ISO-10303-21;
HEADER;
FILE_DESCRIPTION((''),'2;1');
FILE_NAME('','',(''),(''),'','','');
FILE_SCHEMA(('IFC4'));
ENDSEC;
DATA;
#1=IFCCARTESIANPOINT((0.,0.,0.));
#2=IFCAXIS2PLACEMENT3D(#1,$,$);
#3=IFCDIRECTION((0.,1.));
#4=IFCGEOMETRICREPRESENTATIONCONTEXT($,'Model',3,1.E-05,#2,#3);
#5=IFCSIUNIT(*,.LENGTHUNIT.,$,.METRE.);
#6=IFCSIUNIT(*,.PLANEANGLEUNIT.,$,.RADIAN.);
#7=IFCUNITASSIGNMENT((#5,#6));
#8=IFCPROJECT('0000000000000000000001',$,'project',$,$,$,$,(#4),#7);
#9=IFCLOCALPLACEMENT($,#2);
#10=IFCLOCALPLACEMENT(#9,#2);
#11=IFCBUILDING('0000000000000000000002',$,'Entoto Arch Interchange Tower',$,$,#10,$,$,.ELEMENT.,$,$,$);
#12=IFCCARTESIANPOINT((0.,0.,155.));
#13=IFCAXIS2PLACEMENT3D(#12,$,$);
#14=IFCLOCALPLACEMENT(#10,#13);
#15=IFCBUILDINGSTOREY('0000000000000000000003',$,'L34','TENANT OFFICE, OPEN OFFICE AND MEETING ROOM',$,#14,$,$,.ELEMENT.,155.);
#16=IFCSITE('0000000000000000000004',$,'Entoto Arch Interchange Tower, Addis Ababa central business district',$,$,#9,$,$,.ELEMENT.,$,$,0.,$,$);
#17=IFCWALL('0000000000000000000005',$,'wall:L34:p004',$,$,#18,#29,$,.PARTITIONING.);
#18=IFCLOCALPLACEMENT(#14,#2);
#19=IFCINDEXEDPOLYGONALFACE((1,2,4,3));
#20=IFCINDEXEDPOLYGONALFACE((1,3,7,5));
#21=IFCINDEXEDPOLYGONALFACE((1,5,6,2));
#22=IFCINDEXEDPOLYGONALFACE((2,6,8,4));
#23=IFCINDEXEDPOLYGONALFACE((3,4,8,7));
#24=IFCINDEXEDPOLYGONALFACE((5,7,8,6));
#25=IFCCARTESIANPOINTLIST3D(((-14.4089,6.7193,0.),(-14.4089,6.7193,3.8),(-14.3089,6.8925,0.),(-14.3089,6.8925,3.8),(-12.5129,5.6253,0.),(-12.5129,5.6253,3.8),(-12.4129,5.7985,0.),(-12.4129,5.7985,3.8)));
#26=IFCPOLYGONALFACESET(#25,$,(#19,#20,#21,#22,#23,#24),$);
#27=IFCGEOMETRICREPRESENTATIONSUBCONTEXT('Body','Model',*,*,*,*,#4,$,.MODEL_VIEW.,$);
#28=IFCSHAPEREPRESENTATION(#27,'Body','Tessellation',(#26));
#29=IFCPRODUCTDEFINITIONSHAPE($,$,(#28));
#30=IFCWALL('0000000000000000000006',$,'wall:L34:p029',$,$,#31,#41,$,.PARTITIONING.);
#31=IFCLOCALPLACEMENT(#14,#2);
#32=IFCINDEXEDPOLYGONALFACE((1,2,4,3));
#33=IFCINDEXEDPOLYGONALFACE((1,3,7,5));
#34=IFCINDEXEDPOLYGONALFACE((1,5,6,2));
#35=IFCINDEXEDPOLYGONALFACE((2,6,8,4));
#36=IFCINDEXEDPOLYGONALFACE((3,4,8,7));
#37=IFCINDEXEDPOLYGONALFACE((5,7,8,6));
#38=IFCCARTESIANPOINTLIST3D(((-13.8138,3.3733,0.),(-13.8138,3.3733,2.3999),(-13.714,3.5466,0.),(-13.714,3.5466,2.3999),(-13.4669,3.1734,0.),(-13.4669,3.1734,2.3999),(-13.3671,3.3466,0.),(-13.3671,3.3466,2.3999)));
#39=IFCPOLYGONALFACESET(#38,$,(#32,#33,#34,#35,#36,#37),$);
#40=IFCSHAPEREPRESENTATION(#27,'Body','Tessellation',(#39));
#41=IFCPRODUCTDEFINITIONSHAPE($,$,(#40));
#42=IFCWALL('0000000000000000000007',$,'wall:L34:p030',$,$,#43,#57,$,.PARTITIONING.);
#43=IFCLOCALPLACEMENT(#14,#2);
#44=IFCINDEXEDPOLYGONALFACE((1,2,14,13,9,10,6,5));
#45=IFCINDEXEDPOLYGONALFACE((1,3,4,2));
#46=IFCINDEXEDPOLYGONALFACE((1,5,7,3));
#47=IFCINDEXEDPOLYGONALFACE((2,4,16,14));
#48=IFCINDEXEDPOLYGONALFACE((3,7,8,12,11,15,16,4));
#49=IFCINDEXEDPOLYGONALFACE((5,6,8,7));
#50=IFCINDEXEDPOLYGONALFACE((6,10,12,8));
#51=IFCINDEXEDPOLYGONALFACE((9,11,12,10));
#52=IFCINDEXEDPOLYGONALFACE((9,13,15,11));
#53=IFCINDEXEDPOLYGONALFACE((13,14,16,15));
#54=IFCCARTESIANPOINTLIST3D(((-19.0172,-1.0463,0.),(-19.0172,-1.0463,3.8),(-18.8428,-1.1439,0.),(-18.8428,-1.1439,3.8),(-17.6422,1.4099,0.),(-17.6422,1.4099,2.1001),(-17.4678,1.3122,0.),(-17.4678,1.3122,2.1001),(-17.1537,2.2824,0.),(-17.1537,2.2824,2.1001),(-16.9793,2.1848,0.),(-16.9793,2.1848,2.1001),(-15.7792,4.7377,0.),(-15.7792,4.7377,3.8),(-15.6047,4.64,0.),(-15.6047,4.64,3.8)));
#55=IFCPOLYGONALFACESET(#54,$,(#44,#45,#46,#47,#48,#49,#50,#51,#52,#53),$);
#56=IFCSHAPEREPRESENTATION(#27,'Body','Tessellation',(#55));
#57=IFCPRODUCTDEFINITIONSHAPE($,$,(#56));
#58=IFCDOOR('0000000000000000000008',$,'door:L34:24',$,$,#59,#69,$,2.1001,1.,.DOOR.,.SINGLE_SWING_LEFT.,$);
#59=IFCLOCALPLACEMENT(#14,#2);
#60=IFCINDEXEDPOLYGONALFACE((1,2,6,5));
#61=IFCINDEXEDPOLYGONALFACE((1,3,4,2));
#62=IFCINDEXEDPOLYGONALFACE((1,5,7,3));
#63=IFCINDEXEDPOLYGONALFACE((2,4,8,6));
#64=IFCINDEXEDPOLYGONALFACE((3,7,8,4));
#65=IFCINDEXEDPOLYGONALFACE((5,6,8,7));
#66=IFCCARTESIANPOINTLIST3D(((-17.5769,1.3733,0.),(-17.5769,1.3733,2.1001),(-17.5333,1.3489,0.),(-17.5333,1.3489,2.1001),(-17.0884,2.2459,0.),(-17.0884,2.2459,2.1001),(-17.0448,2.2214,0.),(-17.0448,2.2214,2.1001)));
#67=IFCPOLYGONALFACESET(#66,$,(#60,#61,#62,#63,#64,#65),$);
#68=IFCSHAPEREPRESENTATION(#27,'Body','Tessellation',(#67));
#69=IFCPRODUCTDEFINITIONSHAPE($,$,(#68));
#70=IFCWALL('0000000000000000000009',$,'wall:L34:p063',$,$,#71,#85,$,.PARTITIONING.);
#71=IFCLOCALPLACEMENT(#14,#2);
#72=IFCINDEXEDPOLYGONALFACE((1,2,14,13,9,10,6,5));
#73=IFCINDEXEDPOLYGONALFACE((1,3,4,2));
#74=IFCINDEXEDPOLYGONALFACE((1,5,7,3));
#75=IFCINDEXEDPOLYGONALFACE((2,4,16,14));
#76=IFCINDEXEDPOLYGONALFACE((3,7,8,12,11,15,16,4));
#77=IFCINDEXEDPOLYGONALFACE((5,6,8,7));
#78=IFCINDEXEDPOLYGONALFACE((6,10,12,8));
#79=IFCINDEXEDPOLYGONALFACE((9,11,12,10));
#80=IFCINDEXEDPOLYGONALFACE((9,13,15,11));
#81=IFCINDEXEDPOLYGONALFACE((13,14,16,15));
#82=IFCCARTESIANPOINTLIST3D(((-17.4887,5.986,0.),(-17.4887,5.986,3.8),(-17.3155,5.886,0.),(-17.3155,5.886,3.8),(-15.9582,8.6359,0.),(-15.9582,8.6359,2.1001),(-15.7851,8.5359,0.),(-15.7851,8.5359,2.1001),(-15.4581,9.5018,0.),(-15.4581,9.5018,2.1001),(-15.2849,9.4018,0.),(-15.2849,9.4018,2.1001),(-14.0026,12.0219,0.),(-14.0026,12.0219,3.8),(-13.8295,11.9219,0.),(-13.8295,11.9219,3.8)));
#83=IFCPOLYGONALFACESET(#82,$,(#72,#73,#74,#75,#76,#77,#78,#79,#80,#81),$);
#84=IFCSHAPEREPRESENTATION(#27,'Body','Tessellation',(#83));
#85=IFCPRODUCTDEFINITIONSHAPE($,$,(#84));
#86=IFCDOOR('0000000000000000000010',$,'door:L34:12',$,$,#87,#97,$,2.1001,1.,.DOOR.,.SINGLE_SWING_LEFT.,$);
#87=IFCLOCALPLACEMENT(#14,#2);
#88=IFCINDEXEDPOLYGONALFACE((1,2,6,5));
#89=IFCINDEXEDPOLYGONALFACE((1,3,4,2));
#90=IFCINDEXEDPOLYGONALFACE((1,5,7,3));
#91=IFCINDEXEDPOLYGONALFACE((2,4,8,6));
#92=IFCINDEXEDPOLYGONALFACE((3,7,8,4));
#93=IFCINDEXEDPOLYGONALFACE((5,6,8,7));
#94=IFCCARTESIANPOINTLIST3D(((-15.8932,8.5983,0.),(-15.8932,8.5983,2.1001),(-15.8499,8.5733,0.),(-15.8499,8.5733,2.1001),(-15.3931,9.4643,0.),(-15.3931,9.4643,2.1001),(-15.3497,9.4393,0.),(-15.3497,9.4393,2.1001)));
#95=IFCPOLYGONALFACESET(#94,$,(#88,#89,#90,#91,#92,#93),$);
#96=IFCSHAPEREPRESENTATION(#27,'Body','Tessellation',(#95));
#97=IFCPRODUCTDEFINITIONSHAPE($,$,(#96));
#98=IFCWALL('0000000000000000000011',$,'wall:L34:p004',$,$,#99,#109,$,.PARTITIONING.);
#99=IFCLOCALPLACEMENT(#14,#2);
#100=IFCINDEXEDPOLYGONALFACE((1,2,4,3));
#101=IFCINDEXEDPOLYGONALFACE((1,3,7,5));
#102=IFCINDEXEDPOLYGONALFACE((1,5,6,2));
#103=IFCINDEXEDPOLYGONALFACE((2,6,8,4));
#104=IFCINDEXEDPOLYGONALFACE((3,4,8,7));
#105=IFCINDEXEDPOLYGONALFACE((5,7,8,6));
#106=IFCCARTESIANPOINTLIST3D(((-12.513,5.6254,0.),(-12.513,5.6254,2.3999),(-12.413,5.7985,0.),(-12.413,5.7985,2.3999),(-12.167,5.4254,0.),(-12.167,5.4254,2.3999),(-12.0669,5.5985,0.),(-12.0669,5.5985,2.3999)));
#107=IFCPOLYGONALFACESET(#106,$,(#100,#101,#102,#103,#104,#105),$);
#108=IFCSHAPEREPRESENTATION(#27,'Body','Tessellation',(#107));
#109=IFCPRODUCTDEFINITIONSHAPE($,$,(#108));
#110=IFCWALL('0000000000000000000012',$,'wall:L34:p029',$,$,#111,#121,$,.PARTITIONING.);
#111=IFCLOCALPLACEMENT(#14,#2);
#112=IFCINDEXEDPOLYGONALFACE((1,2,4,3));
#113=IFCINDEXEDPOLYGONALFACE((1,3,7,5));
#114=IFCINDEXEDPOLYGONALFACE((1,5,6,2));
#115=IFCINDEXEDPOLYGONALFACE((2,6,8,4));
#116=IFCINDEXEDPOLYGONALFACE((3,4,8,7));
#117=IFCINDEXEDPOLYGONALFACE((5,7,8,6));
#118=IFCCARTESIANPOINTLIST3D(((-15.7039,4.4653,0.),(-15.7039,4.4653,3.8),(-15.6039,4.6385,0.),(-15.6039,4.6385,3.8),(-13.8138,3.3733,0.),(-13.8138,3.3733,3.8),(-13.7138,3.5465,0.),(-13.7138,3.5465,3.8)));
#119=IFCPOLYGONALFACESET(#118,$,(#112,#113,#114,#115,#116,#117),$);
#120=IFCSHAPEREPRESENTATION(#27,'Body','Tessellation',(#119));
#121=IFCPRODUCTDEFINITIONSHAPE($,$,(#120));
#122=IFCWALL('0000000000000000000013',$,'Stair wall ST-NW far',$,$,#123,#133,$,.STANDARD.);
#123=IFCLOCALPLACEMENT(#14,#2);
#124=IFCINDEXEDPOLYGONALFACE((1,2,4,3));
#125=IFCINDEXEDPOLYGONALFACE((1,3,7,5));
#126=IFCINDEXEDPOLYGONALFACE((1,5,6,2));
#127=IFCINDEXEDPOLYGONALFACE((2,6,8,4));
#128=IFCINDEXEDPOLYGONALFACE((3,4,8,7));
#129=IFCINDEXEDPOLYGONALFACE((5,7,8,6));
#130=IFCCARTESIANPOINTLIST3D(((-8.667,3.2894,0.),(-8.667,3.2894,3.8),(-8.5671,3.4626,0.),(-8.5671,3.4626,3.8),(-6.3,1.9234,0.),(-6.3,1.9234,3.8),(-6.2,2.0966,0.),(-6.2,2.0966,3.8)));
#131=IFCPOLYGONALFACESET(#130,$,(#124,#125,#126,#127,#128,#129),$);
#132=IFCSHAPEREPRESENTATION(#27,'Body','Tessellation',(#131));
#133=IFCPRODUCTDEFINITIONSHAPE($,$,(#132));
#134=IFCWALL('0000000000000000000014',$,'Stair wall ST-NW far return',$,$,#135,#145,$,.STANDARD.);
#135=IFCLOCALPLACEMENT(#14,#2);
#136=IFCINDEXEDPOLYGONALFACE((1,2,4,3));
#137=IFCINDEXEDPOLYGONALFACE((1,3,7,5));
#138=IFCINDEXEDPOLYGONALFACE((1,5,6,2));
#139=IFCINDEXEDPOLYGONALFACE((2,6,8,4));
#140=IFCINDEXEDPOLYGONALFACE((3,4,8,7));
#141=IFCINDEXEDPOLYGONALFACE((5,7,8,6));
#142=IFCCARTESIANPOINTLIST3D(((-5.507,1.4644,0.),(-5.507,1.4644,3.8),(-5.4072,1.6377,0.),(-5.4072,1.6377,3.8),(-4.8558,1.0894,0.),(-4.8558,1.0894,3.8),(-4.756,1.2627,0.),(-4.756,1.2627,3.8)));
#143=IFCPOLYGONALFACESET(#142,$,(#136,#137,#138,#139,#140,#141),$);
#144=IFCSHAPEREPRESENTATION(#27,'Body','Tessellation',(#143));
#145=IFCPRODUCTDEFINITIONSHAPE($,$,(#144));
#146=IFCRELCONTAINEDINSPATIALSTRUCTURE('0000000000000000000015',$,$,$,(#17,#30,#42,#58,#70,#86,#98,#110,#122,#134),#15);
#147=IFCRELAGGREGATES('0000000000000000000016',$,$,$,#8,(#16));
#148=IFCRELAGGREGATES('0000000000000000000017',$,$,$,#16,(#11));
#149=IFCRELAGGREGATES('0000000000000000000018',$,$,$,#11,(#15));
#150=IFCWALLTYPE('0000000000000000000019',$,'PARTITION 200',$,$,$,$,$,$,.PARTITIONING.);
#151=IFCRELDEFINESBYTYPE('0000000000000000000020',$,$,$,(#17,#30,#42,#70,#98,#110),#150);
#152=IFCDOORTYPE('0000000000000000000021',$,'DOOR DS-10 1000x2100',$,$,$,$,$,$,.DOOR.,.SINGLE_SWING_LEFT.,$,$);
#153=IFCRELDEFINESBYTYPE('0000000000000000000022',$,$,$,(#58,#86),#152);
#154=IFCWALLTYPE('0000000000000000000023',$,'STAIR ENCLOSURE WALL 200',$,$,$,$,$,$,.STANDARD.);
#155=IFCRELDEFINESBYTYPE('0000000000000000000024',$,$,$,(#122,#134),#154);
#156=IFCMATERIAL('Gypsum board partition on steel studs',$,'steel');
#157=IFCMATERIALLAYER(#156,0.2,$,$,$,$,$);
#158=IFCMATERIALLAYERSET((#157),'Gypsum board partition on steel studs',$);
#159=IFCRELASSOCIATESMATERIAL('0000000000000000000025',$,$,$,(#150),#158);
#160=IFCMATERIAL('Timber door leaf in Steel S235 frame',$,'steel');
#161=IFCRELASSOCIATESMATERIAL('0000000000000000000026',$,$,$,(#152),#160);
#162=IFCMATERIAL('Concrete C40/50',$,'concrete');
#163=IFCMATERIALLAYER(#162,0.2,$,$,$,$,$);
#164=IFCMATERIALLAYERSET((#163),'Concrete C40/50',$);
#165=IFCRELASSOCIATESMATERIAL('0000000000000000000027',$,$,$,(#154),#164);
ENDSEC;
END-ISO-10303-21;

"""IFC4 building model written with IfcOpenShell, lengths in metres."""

from ifc_helpers import new_model, si_unit, direction, frame, frame_2d, origin, place, context, subcontext, project, spatial, rectangle, extrude, material, layer, layer_set, type_object, element, fill, save


model = new_model("IFC4")

# Units and contexts
model_context = context("Model", 3, precision=1e-05, world=origin(), true_north=direction((0.0, 1.0)))
body_context = subcontext(model_context, "Body", "Model", "MODEL_VIEW")
ifc_project = project(units=[si_unit("LENGTHUNIT", "METRE"), si_unit("PLANEANGLEUNIT", "RADIAN")], contexts=[model_context])

# Site, building, storey
site_placement = place(None, origin())
site = spatial("IfcSite", under=ifc_project, at=site_placement, Name="Entoto Arch Interchange Tower, Addis Ababa central business district", CompositionType="ELEMENT", RefElevation=0.0)
building_placement = place(site_placement, origin())
building = spatial("IfcBuilding", under=site, at=building_placement, Name="Entoto Arch Interchange Tower", CompositionType="ELEMENT")
storey_placement = place(building_placement, frame((0.0, 0.0, 155.0)))
storey = spatial("IfcBuildingStorey", under=building, at=storey_placement, Name="L34", Description="TENANT OFFICE, OPEN OFFICE AND MEETING ROOM", CompositionType="ELEMENT", Elevation=155.0)

# Shared definitions
ifc_material_1 = material(Name="Concrete C40/50", Category="concrete")

# Walls
ifc_material_2 = material(Name="Gypsum board partition on steel studs", Category="steel")
ifc_layer_1 = layer(ifc_material_2, 0.2)
ifc_layer_set_1 = layer_set([ifc_layer_1], Name="Gypsum board partition on steel studs")
wall_type_1 = type_object("IfcWallType", Name="PARTITION 200", PredefinedType="PARTITIONING", material=ifc_layer_set_1)
wall_1_placement = place(storey_placement, frame((-14.3589, 6.8059, 0.0), z_axis=(0.0, 0.0, 1.0), x_axis=(0.866156, -0.499774, 0.0)))
element("IfcWall", 1, at=wall_1_placement, inside=storey, type_object=wall_type_1, Name="wall:L34:p004", PredefinedType="PARTITIONING", context=body_context, shape_type="SweptSolid", body=[
    extrude(rectangle(XDim=2.189, YDim=0.2, at=frame_2d((1.0945, 0.0))), origin(), (0.0, 0.0, 1.0), 3.8),
])
wall_2_placement = place(storey_placement, frame((-13.417, 3.26, 0.0), z_axis=(0.0, 0.0, 1.0), x_axis=(-0.866399, 0.499353, 0.0)))
element("IfcWall", 2, at=wall_2_placement, inside=storey, type_object=wall_type_1, Name="wall:L34:p029", PredefinedType="PARTITIONING", context=body_context, shape_type="SweptSolid", body=[
    extrude(rectangle(XDim=0.4004, YDim=0.2, at=frame_2d((0.2002, 0.0))), origin(), (0.0, 0.0, 1.0), 2.3999),
])

# Walls, openings, doors
wall_3_placement = place(storey_placement, frame((-15.6919, 4.689, 0.0), z_axis=(0.0, 0.0, 1.0), x_axis=(-0.488492, -0.872568, 0.0)))
wall_3 = element("IfcWall", 3, at=wall_3_placement, inside=storey, type_object=wall_type_1, Name="wall:L34:p030", PredefinedType="PARTITIONING", context=body_context, shape_type="SweptSolid", body=[
    extrude(rectangle(XDim=6.6287, YDim=0.2, at=frame_2d((3.3145, 0.0))), origin(), (0.0, 0.0, 1.0), 3.8),
])
opening_1_placement = place(wall_3_placement, frame((2.814, 0.0, 0.0)))
opening_1 = element("IfcOpeningElement", 4, at=opening_1_placement, cuts=wall_3, PredefinedType="OPENING", context=body_context, shape_type="SweptSolid", body=[
    extrude(rectangle(XDim=1.0, YDim=2.1001, at=frame_2d((0.5, 1.05))), frame((0.0, 0.1099, 0.0), z_axis=(0.0, -1.0, 0.0), x_axis=(1.0, 0.0, 0.0)), (0.0, 0.0, 1.0), 0.22),
])
ifc_material_3 = material(Name="Timber door leaf in Steel S235 frame", Category="steel")
door_type_1 = type_object("IfcDoorType", Name="DOOR DS-10 1000x2100", OperationType="SINGLE_SWING_LEFT", PredefinedType="DOOR", material=ifc_material_3)
door_1_placement = place(opening_1_placement, origin())
door_1 = element("IfcDoor", 5, at=door_1_placement, inside=storey, type_object=door_type_1, Name="door:L34:24", OperationType="SINGLE_SWING_LEFT", OverallHeight=2.1001, OverallWidth=1.0, PredefinedType="DOOR", context=body_context, shape_type="SweptSolid", body=[
    extrude(rectangle(XDim=1.0, YDim=2.1001, at=frame_2d((0.5, 1.05))), frame((0.0, 0.0249, 0.0), z_axis=(0.0, -1.0, 0.0), x_axis=(1.0, 0.0, 0.0)), (0.0, 0.0, 1.0), 0.05),
])
fill(opening_1, door_1)
wall_4_placement = place(storey_placement, frame((-17.4021, 5.936, 0.0), z_axis=(0.0, 0.0, 1.0), x_axis=(0.500136, 0.865947, 0.0)))
wall_4 = element("IfcWall", 6, at=wall_4_placement, inside=storey, type_object=wall_type_1, Name="wall:L34:p063", PredefinedType="PARTITIONING", context=body_context, shape_type="SweptSolid", body=[
    extrude(rectangle(XDim=6.9702, YDim=0.2, at=frame_2d((3.4851, 0.0))), origin(), (0.0, 0.0, 1.0), 3.8),
])
opening_2_placement = place(wall_4_placement, frame((3.0601, 0.0, 0.0)))
opening_2 = element("IfcOpeningElement", 7, at=opening_2_placement, cuts=wall_4, PredefinedType="OPENING", context=body_context, shape_type="SweptSolid", body=[
    extrude(rectangle(XDim=1.0, YDim=2.1001, at=frame_2d((0.5, 1.05))), frame((0.0, 0.1099, 0.0), z_axis=(0.0, -1.0, 0.0), x_axis=(1.0, 0.0, 0.0)), (0.0, 0.0, 1.0), 0.22),
])
door_2_placement = place(opening_2_placement, origin())
door_2 = element("IfcDoor", 8, at=door_2_placement, inside=storey, type_object=door_type_1, Name="door:L34:12", OperationType="SINGLE_SWING_LEFT", OverallHeight=2.1001, OverallWidth=1.0, PredefinedType="DOOR", context=body_context, shape_type="SweptSolid", body=[
    extrude(rectangle(XDim=1.0, YDim=2.1001, at=frame_2d((0.5, 1.05))), frame((0.0, 0.0249, 0.0), z_axis=(0.0, -1.0, 0.0), x_axis=(1.0, 0.0, 0.0)), (0.0, 0.0, 1.0), 0.05),
])
fill(opening_2, door_2)

# Walls
wall_5_placement = place(storey_placement, frame((-12.4629, 5.7119, 0.0), z_axis=(0.0, 0.0, 1.0), x_axis=(0.865789, -0.50041, 0.0)))
element("IfcWall", 9, at=wall_5_placement, inside=storey, type_object=wall_type_1, Name="wall:L34:p004", PredefinedType="PARTITIONING", context=body_context, shape_type="SweptSolid", body=[
    extrude(rectangle(XDim=0.3997, YDim=0.2, at=frame_2d((0.1997, 0.0))), origin(), (0.0, 0.0, 1.0), 2.3999),
])
wall_6_placement = place(storey_placement, frame((-13.7639, 3.46, 0.0), z_axis=(0.0, 0.0, 1.0), x_axis=(-0.865873, 0.500265, 0.0)))
element("IfcWall", 10, at=wall_6_placement, inside=storey, type_object=wall_type_1, Name="wall:L34:p029", PredefinedType="PARTITIONING", context=body_context, shape_type="SweptSolid", body=[
    extrude(rectangle(XDim=2.1829, YDim=0.2, at=frame_2d((1.0913, 0.0))), origin(), (0.0, 0.0, 1.0), 3.8),
])
ifc_layer_2 = layer(ifc_material_1, 0.2)
ifc_layer_set_2 = layer_set([ifc_layer_2], Name="Concrete C40/50")
wall_type_2 = type_object("IfcWallType", Name="STAIR ENCLOSURE WALL 200", PredefinedType="STANDARD", material=ifc_layer_set_2)
wall_7_placement = place(storey_placement, frame((-6.25, 2.01, 0.0), z_axis=(0.0, 0.0, 1.0), x_axis=(-0.866119, 0.499838, 0.0)))
element("IfcWall", 11, at=wall_7_placement, inside=storey, type_object=wall_type_2, Name="Stair wall ST-NW far", PredefinedType="STANDARD", context=body_context, shape_type="SweptSolid", body=[
    extrude(rectangle(XDim=2.7329, YDim=0.2, at=frame_2d((1.3665, 0.0))), origin(), (0.0, 0.0, 1.0), 3.8),
])
wall_8_placement = place(storey_placement, frame((-4.8059, 1.176, 0.0), z_axis=(0.0, 0.0, 1.0), x_axis=(-0.866559, 0.499075, 0.0)))
element("IfcWall", 12, at=wall_8_placement, inside=storey, type_object=wall_type_2, Name="Stair wall ST-NW far return", PredefinedType="STANDARD", context=body_context, shape_type="SweptSolid", body=[
    extrude(rectangle(XDim=0.7515, YDim=0.2, at=frame_2d((0.3757, 0.0))), origin(), (0.0, 0.0, 1.0), 3.8),
])

save(model, "model.ifc")
